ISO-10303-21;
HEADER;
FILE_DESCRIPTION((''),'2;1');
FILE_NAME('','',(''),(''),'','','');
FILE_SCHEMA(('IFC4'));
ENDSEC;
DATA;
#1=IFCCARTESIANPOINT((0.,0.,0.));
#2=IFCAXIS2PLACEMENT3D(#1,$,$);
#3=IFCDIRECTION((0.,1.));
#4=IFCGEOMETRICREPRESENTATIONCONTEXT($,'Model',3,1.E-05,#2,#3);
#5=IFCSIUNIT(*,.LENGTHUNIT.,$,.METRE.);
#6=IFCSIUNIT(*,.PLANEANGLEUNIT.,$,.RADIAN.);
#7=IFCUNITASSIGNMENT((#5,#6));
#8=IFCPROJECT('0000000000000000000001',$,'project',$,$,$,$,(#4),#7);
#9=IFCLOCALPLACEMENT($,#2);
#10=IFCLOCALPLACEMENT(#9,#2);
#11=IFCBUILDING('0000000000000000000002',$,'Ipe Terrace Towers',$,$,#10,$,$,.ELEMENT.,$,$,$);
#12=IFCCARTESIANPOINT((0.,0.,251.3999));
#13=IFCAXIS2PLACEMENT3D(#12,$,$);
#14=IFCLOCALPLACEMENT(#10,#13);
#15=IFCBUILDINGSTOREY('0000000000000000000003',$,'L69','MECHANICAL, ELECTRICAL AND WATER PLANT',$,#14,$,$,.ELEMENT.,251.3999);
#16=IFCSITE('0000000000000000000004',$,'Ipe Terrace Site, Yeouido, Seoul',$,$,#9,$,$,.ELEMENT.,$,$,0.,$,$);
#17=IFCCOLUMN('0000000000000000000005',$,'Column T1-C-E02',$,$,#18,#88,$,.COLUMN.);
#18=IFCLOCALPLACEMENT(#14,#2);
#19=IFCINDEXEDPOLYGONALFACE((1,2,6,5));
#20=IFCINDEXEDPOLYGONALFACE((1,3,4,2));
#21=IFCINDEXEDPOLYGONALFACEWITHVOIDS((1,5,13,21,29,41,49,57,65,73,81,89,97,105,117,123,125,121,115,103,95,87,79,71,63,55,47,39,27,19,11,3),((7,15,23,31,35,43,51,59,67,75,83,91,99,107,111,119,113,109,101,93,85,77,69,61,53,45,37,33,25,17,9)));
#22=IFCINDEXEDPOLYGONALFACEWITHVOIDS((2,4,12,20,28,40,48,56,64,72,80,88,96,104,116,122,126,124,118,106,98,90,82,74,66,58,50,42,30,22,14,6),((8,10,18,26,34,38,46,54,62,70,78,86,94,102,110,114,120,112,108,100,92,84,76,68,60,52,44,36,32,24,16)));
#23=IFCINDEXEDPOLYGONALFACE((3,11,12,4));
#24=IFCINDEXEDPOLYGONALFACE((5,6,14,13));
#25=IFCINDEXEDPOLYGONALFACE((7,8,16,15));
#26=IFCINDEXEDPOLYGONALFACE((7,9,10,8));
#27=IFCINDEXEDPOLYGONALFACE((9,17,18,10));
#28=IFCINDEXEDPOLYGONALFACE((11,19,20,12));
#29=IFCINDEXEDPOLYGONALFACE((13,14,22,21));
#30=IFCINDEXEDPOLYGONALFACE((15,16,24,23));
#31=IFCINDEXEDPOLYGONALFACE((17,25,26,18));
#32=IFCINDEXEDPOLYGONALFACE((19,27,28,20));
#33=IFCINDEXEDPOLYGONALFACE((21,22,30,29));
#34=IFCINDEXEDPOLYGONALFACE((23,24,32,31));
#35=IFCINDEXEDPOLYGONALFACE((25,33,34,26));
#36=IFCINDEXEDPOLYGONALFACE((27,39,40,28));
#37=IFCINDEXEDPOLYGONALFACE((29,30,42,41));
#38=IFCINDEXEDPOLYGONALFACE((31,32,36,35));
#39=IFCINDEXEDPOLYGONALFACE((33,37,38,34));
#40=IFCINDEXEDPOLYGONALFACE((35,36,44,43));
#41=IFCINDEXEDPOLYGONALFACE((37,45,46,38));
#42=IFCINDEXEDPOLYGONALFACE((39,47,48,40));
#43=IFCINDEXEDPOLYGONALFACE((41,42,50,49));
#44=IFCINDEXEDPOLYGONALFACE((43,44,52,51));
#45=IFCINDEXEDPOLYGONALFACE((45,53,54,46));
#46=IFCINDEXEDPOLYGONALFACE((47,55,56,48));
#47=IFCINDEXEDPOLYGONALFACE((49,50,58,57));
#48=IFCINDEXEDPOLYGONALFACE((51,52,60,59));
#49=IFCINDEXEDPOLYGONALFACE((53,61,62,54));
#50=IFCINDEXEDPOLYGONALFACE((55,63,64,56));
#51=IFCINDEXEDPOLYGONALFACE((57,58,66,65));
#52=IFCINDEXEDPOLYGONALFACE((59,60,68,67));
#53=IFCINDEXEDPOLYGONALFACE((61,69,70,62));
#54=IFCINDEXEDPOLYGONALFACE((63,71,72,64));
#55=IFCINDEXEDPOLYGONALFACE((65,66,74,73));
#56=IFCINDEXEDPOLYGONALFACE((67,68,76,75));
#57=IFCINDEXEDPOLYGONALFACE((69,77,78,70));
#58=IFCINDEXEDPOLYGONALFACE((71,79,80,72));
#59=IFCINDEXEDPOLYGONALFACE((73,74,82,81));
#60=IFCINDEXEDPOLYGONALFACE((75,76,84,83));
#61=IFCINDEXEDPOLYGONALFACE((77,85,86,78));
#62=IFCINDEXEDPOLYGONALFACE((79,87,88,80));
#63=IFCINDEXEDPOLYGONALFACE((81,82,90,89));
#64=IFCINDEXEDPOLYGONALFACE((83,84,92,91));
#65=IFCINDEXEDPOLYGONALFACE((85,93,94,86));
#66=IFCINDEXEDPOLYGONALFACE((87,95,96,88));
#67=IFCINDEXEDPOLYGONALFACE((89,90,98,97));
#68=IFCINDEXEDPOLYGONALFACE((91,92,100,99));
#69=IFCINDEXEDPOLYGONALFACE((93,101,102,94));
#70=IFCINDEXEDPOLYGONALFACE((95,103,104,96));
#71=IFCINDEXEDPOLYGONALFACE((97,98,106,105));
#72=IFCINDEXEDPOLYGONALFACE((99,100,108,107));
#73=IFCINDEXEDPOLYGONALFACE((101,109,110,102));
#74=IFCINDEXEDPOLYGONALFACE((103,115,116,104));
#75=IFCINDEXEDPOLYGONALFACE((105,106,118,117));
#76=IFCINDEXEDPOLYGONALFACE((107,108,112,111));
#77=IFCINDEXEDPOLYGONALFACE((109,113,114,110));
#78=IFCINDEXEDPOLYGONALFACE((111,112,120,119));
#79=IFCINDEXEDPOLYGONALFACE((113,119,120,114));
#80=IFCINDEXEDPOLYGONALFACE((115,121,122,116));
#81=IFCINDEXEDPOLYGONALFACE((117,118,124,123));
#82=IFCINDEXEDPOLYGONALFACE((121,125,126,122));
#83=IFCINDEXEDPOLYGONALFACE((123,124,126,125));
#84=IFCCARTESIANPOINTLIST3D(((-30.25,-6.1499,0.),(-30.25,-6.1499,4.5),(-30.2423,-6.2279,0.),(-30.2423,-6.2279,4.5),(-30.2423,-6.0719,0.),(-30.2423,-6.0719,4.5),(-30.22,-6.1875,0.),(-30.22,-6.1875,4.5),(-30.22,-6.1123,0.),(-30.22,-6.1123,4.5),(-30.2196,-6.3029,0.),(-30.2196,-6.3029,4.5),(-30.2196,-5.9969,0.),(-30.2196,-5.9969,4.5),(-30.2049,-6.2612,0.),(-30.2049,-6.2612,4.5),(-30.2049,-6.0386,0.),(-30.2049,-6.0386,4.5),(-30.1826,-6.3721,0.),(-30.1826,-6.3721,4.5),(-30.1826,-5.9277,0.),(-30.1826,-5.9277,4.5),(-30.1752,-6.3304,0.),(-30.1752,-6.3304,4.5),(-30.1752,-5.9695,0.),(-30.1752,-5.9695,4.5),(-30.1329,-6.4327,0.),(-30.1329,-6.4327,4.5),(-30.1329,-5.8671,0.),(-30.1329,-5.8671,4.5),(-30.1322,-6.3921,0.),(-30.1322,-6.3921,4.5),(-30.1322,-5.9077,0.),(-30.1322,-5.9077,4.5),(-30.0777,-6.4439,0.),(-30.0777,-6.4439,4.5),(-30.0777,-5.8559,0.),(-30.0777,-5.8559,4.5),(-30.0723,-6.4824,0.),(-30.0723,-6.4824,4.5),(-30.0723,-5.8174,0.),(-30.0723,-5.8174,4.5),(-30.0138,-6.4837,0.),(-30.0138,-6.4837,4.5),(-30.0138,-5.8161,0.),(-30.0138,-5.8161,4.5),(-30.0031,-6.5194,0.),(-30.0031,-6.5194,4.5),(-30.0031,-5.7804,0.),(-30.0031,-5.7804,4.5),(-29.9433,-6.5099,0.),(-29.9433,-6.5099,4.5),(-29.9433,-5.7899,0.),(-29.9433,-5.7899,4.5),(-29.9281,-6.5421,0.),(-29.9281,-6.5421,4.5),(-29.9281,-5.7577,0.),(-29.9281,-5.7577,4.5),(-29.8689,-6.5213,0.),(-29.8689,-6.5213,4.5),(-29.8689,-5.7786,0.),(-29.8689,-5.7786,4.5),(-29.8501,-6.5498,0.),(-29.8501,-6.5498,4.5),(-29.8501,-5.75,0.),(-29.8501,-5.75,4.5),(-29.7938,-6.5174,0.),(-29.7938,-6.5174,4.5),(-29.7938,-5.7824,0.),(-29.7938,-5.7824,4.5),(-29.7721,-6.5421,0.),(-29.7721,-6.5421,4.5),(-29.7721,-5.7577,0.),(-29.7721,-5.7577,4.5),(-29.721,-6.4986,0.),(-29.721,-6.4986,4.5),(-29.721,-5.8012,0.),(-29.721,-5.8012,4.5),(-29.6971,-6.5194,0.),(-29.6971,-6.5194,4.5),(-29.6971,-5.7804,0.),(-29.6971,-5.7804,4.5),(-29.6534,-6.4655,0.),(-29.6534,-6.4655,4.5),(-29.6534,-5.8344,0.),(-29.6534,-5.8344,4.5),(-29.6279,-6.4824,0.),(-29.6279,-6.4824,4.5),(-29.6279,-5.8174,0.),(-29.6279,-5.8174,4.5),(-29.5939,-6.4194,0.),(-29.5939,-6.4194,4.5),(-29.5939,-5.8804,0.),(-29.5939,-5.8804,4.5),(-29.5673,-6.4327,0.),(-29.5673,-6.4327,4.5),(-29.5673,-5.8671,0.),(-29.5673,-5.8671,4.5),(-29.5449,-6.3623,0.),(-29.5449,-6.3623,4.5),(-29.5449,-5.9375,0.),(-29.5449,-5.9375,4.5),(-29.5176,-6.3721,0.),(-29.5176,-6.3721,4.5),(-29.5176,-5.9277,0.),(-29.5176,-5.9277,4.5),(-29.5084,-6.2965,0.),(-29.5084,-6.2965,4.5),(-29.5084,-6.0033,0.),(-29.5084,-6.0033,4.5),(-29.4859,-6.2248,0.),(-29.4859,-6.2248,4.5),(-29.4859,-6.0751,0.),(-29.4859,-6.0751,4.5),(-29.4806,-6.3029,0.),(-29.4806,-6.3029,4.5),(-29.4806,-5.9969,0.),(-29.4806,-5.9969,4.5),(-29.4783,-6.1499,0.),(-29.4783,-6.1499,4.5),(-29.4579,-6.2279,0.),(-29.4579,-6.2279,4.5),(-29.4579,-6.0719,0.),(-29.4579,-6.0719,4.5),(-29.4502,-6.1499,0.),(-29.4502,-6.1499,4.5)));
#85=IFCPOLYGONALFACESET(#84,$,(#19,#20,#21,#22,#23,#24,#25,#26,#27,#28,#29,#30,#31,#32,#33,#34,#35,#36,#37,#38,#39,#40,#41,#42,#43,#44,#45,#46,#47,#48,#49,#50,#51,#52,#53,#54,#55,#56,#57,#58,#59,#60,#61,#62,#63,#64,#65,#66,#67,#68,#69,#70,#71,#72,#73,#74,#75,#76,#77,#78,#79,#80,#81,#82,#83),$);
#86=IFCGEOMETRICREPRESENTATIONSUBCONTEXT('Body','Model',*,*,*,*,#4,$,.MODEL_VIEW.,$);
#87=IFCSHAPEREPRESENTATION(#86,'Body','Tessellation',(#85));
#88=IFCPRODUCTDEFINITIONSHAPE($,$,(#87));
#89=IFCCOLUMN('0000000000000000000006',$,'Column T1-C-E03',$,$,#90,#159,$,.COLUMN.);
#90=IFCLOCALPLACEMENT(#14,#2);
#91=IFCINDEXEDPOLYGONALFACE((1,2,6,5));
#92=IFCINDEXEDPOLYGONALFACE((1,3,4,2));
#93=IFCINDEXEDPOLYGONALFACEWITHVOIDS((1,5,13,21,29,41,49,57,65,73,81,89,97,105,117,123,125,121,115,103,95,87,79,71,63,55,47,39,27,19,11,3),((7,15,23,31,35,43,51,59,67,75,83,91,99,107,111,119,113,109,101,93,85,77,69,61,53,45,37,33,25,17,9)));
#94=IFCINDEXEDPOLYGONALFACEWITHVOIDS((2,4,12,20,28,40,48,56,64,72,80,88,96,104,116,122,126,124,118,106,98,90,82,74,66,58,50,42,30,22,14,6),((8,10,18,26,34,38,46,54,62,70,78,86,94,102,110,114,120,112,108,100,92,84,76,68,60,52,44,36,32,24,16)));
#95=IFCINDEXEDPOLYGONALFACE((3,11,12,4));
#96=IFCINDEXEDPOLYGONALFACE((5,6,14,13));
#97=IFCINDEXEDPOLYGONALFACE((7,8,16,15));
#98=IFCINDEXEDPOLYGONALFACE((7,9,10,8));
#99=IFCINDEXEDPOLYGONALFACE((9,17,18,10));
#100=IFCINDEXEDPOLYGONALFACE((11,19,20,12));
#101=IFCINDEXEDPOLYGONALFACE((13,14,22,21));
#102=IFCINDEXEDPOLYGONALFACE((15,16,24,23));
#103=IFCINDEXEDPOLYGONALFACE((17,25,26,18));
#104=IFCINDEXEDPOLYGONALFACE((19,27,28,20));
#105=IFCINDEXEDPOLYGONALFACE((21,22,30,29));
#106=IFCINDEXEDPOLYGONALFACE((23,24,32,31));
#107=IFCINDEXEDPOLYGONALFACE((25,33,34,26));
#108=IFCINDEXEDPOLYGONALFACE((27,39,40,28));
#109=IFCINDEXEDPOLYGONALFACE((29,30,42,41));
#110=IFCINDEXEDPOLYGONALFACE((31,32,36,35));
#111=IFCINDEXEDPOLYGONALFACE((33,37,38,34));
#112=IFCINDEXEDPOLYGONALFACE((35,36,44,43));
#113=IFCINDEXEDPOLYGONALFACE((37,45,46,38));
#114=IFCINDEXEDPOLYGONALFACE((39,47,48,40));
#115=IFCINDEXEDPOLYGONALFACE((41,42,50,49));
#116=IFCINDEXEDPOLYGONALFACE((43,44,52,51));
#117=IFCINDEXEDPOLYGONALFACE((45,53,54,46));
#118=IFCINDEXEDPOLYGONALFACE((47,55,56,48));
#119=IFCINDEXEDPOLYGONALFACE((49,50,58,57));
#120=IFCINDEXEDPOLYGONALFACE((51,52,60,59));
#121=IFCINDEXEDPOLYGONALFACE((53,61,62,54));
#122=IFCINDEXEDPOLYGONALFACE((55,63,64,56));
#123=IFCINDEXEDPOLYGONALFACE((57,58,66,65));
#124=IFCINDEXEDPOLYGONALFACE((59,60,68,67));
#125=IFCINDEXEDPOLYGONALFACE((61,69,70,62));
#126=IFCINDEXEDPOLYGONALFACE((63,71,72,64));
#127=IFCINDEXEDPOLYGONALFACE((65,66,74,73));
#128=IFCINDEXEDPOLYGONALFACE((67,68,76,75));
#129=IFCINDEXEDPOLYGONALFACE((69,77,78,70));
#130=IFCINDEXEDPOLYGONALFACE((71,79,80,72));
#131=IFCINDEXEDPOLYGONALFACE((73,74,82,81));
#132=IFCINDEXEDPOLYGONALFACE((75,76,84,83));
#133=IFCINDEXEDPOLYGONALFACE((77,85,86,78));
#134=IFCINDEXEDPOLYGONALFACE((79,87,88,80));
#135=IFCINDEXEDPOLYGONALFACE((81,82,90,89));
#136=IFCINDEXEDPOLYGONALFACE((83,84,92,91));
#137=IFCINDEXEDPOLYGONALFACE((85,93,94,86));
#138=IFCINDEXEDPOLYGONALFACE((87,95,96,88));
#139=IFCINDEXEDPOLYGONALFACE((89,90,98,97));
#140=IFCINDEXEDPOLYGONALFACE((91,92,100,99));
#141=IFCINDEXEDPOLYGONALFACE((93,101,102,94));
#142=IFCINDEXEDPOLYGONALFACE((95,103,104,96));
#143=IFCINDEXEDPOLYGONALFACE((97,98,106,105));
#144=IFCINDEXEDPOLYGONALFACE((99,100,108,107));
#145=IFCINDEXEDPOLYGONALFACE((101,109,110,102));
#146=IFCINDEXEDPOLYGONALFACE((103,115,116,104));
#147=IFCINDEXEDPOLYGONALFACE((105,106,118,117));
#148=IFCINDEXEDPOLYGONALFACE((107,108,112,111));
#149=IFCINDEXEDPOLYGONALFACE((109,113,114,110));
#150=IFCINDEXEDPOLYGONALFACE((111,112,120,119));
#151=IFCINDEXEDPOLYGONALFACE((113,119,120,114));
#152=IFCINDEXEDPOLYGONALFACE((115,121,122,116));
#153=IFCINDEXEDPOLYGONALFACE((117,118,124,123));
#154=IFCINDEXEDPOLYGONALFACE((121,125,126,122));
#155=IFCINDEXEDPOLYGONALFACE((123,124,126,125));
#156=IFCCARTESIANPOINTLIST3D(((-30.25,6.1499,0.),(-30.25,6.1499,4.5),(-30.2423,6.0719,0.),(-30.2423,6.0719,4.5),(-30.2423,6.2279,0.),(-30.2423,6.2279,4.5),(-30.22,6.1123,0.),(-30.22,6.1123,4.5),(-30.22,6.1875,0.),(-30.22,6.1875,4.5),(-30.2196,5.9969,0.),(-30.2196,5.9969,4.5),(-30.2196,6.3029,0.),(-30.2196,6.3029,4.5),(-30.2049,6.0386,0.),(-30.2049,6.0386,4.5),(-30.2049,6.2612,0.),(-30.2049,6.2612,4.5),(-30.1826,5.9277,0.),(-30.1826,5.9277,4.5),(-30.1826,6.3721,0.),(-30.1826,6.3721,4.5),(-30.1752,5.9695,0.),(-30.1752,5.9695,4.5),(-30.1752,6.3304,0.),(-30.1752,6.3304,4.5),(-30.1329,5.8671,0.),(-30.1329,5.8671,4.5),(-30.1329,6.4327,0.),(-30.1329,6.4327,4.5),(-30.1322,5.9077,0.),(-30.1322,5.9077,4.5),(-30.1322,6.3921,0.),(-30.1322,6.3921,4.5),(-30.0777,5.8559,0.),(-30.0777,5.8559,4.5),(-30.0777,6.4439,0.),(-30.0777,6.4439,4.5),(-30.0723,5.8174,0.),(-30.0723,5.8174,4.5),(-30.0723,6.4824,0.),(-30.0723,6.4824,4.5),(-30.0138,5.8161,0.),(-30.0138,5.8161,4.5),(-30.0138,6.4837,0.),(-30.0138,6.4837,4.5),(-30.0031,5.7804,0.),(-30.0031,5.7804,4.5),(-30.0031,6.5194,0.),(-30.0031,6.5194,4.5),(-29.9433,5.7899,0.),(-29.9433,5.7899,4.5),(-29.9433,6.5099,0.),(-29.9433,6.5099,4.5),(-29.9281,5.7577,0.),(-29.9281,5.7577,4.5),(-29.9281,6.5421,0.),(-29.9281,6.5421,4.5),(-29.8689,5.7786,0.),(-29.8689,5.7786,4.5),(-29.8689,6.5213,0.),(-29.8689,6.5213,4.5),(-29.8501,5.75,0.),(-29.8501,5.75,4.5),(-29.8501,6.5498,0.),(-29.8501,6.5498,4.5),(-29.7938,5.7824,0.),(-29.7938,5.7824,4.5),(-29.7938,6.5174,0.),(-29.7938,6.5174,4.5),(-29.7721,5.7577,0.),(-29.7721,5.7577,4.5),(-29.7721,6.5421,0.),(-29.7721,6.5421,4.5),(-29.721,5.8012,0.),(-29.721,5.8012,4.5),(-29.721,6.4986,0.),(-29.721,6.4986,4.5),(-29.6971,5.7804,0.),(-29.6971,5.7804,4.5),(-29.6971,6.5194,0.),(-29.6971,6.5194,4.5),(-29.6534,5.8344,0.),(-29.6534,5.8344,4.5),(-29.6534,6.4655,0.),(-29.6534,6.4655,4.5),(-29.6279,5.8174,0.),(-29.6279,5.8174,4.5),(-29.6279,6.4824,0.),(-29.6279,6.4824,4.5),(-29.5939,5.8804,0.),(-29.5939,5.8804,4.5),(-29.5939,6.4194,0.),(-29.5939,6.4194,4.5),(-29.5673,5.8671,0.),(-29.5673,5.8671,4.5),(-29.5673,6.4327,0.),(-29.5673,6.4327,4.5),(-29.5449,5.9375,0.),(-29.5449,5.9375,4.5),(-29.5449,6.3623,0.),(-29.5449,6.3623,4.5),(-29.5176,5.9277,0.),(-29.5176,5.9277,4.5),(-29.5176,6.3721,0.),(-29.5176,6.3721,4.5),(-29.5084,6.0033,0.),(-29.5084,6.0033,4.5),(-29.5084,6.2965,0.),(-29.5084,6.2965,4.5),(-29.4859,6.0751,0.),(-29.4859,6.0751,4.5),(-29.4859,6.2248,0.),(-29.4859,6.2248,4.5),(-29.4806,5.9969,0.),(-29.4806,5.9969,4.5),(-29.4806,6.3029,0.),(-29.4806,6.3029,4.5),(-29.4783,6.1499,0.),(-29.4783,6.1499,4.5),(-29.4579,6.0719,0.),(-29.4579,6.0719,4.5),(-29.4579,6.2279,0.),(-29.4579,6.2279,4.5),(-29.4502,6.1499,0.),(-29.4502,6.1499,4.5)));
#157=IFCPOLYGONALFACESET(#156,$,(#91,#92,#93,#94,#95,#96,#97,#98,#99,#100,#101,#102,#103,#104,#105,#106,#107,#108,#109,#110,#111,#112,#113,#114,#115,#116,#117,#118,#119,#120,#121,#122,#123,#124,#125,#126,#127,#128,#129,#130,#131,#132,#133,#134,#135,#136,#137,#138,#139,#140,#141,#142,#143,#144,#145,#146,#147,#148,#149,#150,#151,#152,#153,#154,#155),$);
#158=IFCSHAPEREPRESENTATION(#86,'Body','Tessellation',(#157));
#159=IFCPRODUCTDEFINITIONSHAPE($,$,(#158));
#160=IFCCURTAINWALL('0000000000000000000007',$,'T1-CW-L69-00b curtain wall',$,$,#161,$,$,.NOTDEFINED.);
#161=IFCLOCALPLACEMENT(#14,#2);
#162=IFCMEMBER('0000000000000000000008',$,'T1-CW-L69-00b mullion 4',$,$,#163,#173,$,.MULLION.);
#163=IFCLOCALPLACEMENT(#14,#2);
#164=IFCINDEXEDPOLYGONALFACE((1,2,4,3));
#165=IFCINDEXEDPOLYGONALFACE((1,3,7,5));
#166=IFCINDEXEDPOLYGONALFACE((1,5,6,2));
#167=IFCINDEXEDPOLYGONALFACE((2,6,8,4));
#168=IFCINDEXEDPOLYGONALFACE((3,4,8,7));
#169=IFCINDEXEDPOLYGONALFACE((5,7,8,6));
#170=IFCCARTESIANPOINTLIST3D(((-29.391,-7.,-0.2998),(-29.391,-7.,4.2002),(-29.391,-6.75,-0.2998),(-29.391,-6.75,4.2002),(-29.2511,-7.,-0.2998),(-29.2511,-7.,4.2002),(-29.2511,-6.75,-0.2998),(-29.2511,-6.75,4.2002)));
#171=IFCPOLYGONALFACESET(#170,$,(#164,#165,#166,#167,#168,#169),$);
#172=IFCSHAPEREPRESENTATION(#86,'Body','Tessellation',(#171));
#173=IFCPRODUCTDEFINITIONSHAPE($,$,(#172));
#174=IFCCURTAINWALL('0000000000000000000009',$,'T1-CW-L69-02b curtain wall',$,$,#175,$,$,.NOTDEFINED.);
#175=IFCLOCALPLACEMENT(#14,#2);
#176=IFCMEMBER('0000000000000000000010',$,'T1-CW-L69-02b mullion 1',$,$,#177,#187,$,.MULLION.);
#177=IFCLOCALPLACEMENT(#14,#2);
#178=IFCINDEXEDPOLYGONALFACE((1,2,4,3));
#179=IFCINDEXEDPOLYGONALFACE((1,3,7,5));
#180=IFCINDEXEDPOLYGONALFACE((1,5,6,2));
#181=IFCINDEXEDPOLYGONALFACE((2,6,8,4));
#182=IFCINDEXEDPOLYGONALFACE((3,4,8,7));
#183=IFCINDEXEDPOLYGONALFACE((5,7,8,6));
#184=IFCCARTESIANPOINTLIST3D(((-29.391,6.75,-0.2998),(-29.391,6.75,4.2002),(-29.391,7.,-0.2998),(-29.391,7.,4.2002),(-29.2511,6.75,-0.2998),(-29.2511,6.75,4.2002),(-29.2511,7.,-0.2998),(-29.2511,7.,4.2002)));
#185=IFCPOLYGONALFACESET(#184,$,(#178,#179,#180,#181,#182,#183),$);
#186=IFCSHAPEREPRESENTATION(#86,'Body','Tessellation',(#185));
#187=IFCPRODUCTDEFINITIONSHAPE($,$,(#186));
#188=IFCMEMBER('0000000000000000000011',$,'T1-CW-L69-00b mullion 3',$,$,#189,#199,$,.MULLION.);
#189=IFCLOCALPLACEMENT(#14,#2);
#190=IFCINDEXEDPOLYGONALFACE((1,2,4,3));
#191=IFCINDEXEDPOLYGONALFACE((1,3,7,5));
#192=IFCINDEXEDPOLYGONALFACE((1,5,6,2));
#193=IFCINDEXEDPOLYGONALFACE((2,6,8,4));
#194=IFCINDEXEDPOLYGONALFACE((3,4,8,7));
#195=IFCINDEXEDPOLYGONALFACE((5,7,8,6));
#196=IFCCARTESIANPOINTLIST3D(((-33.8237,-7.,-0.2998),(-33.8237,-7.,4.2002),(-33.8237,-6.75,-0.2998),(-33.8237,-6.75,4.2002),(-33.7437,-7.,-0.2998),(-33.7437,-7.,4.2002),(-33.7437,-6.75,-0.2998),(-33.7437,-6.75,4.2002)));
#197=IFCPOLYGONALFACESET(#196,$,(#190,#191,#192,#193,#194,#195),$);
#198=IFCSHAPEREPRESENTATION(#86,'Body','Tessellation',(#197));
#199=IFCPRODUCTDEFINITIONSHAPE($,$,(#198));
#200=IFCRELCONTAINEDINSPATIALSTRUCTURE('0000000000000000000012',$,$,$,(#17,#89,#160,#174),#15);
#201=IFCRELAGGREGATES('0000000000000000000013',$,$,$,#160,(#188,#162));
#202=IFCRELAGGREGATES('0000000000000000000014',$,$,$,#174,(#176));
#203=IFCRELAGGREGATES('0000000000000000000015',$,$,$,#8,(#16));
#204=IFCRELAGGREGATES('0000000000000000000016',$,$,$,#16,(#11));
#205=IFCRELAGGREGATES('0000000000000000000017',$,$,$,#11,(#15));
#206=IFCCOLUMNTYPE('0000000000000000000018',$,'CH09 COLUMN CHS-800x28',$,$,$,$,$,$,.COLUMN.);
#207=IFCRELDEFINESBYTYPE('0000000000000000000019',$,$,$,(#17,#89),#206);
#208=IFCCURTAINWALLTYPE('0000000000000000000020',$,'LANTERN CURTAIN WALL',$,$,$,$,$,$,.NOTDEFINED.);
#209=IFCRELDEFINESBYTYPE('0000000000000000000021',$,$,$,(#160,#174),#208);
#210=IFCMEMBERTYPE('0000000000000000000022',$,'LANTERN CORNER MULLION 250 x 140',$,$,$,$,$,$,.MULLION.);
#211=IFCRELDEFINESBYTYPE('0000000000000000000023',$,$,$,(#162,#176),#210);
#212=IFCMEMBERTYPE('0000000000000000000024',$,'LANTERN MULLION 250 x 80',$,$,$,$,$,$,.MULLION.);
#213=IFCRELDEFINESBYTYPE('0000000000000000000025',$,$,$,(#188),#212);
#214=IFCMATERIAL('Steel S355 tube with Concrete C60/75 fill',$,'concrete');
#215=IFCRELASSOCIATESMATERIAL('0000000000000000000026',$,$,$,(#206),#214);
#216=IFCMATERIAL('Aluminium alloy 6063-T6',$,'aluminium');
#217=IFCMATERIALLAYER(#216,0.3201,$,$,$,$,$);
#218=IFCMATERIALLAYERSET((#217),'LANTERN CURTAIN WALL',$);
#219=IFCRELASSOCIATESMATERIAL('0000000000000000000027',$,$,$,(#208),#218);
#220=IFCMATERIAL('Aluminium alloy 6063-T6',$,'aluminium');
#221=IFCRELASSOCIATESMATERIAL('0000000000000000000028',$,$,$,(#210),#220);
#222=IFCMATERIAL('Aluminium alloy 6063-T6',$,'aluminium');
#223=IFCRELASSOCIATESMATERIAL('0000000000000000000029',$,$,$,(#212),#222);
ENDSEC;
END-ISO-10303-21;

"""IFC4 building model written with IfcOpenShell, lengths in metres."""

from ifc_helpers import new_model, si_unit, direction, frame, origin, origin_2d, place, context, subcontext, project, spatial, rectangle, hollow_circle, extrude, material, layer, layer_set, material_profile, profile_set, type_object, element, aggregate, save


model = new_model("IFC4")

# Units and contexts
model_context = context("Model", 3, precision=1e-05, world=origin(), true_north=direction((0.0, 1.0)))
body_context = subcontext(model_context, "Body", "Model", "MODEL_VIEW")
ifc_project = project(units=[si_unit("LENGTHUNIT", "METRE"), si_unit("PLANEANGLEUNIT", "RADIAN")], contexts=[model_context])

# Site, building, storey
site_placement = place(None, origin())
site = spatial("IfcSite", under=ifc_project, at=site_placement, Name="Ipe Terrace Site, Yeouido, Seoul", CompositionType="ELEMENT", RefElevation=0.0)
building_placement = place(site_placement, origin())
building = spatial("IfcBuilding", under=site, at=building_placement, Name="Ipe Terrace Towers", CompositionType="ELEMENT")
storey_placement = place(building_placement, frame((0.0, 0.0, 251.3999)))
storey = spatial("IfcBuildingStorey", under=building, at=storey_placement, Name="L69", Description="MECHANICAL, ELECTRICAL AND WATER PLANT", CompositionType="ELEMENT", Elevation=251.3999)

# Columns
ifc_material_1 = material(Name="Steel S355 tube with Concrete C60/75 fill", Category="concrete")
ifc_material_profile_1 = material_profile(ifc_material_1, hollow_circle(Radius=0.3999, WallThickness=0.0281, at=origin_2d()), Name="CHS-800x28")
ifc_profile_set_1 = profile_set([ifc_material_profile_1], Name="Steel S355 tube with Concrete C60/75 fill")
column_type = type_object("IfcColumnType", Name="CH09 COLUMN CHS-800x28", PredefinedType="COLUMN", material=ifc_profile_set_1)
for number, where, z_axis, x_axis, name in (
    (1, (-29.8501, -6.1499, 0.0), (0.0, 0.0, 1.0), (1.0, 0.0, 0.0), "Column T1-C-E02"),
    (2, (-29.8501, 6.1499, 0.0), (0.0, 0.0, 1.0), (1.0, 0.0, 0.0), "Column T1-C-E03"),
):
    element("IfcColumn", number, at=place(storey_placement, frame(where, z_axis=z_axis, x_axis=x_axis)), inside=storey, type_object=column_type, Name=name, PredefinedType="COLUMN", context=body_context, shape_type="SweptSolid", body=[
        extrude(hollow_circle(Radius=0.3999, WallThickness=0.0281, at=origin_2d()), origin(), (0.0, 0.0, 1.0), 4.5),
    ])

# Curtain walls, members
ifc_material_2 = material(Name="Aluminium alloy 6063-T6", Category="aluminium")
ifc_layer_1 = layer(ifc_material_2, 0.3201)
ifc_layer_set_1 = layer_set([ifc_layer_1], Name="LANTERN CURTAIN WALL")
curtain_wall_type = type_object("IfcCurtainWallType", Name="LANTERN CURTAIN WALL", PredefinedType="NOTDEFINED", material=ifc_layer_set_1)
curtain_wall_1_placement = place(storey_placement, origin())
curtain_wall_1 = element("IfcCurtainWall", 3, at=curtain_wall_1_placement, inside=storey, type_object=curtain_wall_type, Name="T1-CW-L69-00b curtain wall", PredefinedType="NOTDEFINED")
ifc_material_3 = material(Name="Aluminium alloy 6063-T6", Category="aluminium")
ifc_material_profile_2 = material_profile(ifc_material_3, rectangle(XDim=0.25, YDim=0.1399, at=origin_2d()), Name="LANTERN CORNER MULLION 250 x 140")
ifc_profile_set_2 = profile_set([ifc_material_profile_2], Name="Aluminium alloy 6063-T6")
member_type_1 = type_object("IfcMemberType", Name="LANTERN CORNER MULLION 250 x 140", PredefinedType="MULLION", material=ifc_profile_set_2)
member_1_placement = place(storey_placement, frame((-29.321, -6.875, -0.2998), z_axis=(0.0, 0.0, 1.0), x_axis=(0.0, -1.0, 0.0)))
member_1 = element("IfcMember", 4, at=member_1_placement, type_object=member_type_1, Name="T1-CW-L69-00b mullion 4", PredefinedType="MULLION", context=body_context, shape_type="SweptSolid", body=[
    extrude(rectangle(XDim=0.25, YDim=0.1399, at=origin_2d()), origin(), (0.0, 0.0, 1.0), 4.5),
])
curtain_wall_2_placement = place(storey_placement, origin())
curtain_wall_2 = element("IfcCurtainWall", 5, at=curtain_wall_2_placement, inside=storey, type_object=curtain_wall_type, Name="T1-CW-L69-02b curtain wall", PredefinedType="NOTDEFINED")
member_2_placement = place(storey_placement, frame((-29.321, 6.875, -0.2998), z_axis=(0.0, 0.0, 1.0), x_axis=(0.0, 1.0, 0.0)))
member_2 = element("IfcMember", 6, at=member_2_placement, type_object=member_type_1, Name="T1-CW-L69-02b mullion 1", PredefinedType="MULLION", context=body_context, shape_type="SweptSolid", body=[
    extrude(rectangle(XDim=0.25, YDim=0.1399, at=origin_2d()), origin(), (0.0, 0.0, 1.0), 4.5),
])

# Member
ifc_material_4 = material(Name="Aluminium alloy 6063-T6", Category="aluminium")
ifc_material_profile_3 = material_profile(ifc_material_4, rectangle(XDim=0.25, YDim=0.0801, at=origin_2d()), Name="LANTERN MULLION 250 x 80")
ifc_profile_set_3 = profile_set([ifc_material_profile_3], Name="Aluminium alloy 6063-T6")
member_type_2 = type_object("IfcMemberType", Name="LANTERN MULLION 250 x 80", PredefinedType="MULLION", material=ifc_profile_set_3)
member_3_placement = place(storey_placement, frame((-33.7837, -6.875, -0.2998), z_axis=(0.0, 0.0, 1.0), x_axis=(0.0, -1.0, 0.0)))
member_3 = element("IfcMember", 7, at=member_3_placement, type_object=member_type_2, Name="T1-CW-L69-00b mullion 3", PredefinedType="MULLION", context=body_context, shape_type="SweptSolid", body=[
    extrude(rectangle(XDim=0.25, YDim=0.0801, at=origin_2d()), origin(), (0.0, 0.0, 1.0), 4.5),
])

aggregate(curtain_wall_1, [member_3, member_1])
aggregate(curtain_wall_2, [member_2])

save(model, "model.ifc")
